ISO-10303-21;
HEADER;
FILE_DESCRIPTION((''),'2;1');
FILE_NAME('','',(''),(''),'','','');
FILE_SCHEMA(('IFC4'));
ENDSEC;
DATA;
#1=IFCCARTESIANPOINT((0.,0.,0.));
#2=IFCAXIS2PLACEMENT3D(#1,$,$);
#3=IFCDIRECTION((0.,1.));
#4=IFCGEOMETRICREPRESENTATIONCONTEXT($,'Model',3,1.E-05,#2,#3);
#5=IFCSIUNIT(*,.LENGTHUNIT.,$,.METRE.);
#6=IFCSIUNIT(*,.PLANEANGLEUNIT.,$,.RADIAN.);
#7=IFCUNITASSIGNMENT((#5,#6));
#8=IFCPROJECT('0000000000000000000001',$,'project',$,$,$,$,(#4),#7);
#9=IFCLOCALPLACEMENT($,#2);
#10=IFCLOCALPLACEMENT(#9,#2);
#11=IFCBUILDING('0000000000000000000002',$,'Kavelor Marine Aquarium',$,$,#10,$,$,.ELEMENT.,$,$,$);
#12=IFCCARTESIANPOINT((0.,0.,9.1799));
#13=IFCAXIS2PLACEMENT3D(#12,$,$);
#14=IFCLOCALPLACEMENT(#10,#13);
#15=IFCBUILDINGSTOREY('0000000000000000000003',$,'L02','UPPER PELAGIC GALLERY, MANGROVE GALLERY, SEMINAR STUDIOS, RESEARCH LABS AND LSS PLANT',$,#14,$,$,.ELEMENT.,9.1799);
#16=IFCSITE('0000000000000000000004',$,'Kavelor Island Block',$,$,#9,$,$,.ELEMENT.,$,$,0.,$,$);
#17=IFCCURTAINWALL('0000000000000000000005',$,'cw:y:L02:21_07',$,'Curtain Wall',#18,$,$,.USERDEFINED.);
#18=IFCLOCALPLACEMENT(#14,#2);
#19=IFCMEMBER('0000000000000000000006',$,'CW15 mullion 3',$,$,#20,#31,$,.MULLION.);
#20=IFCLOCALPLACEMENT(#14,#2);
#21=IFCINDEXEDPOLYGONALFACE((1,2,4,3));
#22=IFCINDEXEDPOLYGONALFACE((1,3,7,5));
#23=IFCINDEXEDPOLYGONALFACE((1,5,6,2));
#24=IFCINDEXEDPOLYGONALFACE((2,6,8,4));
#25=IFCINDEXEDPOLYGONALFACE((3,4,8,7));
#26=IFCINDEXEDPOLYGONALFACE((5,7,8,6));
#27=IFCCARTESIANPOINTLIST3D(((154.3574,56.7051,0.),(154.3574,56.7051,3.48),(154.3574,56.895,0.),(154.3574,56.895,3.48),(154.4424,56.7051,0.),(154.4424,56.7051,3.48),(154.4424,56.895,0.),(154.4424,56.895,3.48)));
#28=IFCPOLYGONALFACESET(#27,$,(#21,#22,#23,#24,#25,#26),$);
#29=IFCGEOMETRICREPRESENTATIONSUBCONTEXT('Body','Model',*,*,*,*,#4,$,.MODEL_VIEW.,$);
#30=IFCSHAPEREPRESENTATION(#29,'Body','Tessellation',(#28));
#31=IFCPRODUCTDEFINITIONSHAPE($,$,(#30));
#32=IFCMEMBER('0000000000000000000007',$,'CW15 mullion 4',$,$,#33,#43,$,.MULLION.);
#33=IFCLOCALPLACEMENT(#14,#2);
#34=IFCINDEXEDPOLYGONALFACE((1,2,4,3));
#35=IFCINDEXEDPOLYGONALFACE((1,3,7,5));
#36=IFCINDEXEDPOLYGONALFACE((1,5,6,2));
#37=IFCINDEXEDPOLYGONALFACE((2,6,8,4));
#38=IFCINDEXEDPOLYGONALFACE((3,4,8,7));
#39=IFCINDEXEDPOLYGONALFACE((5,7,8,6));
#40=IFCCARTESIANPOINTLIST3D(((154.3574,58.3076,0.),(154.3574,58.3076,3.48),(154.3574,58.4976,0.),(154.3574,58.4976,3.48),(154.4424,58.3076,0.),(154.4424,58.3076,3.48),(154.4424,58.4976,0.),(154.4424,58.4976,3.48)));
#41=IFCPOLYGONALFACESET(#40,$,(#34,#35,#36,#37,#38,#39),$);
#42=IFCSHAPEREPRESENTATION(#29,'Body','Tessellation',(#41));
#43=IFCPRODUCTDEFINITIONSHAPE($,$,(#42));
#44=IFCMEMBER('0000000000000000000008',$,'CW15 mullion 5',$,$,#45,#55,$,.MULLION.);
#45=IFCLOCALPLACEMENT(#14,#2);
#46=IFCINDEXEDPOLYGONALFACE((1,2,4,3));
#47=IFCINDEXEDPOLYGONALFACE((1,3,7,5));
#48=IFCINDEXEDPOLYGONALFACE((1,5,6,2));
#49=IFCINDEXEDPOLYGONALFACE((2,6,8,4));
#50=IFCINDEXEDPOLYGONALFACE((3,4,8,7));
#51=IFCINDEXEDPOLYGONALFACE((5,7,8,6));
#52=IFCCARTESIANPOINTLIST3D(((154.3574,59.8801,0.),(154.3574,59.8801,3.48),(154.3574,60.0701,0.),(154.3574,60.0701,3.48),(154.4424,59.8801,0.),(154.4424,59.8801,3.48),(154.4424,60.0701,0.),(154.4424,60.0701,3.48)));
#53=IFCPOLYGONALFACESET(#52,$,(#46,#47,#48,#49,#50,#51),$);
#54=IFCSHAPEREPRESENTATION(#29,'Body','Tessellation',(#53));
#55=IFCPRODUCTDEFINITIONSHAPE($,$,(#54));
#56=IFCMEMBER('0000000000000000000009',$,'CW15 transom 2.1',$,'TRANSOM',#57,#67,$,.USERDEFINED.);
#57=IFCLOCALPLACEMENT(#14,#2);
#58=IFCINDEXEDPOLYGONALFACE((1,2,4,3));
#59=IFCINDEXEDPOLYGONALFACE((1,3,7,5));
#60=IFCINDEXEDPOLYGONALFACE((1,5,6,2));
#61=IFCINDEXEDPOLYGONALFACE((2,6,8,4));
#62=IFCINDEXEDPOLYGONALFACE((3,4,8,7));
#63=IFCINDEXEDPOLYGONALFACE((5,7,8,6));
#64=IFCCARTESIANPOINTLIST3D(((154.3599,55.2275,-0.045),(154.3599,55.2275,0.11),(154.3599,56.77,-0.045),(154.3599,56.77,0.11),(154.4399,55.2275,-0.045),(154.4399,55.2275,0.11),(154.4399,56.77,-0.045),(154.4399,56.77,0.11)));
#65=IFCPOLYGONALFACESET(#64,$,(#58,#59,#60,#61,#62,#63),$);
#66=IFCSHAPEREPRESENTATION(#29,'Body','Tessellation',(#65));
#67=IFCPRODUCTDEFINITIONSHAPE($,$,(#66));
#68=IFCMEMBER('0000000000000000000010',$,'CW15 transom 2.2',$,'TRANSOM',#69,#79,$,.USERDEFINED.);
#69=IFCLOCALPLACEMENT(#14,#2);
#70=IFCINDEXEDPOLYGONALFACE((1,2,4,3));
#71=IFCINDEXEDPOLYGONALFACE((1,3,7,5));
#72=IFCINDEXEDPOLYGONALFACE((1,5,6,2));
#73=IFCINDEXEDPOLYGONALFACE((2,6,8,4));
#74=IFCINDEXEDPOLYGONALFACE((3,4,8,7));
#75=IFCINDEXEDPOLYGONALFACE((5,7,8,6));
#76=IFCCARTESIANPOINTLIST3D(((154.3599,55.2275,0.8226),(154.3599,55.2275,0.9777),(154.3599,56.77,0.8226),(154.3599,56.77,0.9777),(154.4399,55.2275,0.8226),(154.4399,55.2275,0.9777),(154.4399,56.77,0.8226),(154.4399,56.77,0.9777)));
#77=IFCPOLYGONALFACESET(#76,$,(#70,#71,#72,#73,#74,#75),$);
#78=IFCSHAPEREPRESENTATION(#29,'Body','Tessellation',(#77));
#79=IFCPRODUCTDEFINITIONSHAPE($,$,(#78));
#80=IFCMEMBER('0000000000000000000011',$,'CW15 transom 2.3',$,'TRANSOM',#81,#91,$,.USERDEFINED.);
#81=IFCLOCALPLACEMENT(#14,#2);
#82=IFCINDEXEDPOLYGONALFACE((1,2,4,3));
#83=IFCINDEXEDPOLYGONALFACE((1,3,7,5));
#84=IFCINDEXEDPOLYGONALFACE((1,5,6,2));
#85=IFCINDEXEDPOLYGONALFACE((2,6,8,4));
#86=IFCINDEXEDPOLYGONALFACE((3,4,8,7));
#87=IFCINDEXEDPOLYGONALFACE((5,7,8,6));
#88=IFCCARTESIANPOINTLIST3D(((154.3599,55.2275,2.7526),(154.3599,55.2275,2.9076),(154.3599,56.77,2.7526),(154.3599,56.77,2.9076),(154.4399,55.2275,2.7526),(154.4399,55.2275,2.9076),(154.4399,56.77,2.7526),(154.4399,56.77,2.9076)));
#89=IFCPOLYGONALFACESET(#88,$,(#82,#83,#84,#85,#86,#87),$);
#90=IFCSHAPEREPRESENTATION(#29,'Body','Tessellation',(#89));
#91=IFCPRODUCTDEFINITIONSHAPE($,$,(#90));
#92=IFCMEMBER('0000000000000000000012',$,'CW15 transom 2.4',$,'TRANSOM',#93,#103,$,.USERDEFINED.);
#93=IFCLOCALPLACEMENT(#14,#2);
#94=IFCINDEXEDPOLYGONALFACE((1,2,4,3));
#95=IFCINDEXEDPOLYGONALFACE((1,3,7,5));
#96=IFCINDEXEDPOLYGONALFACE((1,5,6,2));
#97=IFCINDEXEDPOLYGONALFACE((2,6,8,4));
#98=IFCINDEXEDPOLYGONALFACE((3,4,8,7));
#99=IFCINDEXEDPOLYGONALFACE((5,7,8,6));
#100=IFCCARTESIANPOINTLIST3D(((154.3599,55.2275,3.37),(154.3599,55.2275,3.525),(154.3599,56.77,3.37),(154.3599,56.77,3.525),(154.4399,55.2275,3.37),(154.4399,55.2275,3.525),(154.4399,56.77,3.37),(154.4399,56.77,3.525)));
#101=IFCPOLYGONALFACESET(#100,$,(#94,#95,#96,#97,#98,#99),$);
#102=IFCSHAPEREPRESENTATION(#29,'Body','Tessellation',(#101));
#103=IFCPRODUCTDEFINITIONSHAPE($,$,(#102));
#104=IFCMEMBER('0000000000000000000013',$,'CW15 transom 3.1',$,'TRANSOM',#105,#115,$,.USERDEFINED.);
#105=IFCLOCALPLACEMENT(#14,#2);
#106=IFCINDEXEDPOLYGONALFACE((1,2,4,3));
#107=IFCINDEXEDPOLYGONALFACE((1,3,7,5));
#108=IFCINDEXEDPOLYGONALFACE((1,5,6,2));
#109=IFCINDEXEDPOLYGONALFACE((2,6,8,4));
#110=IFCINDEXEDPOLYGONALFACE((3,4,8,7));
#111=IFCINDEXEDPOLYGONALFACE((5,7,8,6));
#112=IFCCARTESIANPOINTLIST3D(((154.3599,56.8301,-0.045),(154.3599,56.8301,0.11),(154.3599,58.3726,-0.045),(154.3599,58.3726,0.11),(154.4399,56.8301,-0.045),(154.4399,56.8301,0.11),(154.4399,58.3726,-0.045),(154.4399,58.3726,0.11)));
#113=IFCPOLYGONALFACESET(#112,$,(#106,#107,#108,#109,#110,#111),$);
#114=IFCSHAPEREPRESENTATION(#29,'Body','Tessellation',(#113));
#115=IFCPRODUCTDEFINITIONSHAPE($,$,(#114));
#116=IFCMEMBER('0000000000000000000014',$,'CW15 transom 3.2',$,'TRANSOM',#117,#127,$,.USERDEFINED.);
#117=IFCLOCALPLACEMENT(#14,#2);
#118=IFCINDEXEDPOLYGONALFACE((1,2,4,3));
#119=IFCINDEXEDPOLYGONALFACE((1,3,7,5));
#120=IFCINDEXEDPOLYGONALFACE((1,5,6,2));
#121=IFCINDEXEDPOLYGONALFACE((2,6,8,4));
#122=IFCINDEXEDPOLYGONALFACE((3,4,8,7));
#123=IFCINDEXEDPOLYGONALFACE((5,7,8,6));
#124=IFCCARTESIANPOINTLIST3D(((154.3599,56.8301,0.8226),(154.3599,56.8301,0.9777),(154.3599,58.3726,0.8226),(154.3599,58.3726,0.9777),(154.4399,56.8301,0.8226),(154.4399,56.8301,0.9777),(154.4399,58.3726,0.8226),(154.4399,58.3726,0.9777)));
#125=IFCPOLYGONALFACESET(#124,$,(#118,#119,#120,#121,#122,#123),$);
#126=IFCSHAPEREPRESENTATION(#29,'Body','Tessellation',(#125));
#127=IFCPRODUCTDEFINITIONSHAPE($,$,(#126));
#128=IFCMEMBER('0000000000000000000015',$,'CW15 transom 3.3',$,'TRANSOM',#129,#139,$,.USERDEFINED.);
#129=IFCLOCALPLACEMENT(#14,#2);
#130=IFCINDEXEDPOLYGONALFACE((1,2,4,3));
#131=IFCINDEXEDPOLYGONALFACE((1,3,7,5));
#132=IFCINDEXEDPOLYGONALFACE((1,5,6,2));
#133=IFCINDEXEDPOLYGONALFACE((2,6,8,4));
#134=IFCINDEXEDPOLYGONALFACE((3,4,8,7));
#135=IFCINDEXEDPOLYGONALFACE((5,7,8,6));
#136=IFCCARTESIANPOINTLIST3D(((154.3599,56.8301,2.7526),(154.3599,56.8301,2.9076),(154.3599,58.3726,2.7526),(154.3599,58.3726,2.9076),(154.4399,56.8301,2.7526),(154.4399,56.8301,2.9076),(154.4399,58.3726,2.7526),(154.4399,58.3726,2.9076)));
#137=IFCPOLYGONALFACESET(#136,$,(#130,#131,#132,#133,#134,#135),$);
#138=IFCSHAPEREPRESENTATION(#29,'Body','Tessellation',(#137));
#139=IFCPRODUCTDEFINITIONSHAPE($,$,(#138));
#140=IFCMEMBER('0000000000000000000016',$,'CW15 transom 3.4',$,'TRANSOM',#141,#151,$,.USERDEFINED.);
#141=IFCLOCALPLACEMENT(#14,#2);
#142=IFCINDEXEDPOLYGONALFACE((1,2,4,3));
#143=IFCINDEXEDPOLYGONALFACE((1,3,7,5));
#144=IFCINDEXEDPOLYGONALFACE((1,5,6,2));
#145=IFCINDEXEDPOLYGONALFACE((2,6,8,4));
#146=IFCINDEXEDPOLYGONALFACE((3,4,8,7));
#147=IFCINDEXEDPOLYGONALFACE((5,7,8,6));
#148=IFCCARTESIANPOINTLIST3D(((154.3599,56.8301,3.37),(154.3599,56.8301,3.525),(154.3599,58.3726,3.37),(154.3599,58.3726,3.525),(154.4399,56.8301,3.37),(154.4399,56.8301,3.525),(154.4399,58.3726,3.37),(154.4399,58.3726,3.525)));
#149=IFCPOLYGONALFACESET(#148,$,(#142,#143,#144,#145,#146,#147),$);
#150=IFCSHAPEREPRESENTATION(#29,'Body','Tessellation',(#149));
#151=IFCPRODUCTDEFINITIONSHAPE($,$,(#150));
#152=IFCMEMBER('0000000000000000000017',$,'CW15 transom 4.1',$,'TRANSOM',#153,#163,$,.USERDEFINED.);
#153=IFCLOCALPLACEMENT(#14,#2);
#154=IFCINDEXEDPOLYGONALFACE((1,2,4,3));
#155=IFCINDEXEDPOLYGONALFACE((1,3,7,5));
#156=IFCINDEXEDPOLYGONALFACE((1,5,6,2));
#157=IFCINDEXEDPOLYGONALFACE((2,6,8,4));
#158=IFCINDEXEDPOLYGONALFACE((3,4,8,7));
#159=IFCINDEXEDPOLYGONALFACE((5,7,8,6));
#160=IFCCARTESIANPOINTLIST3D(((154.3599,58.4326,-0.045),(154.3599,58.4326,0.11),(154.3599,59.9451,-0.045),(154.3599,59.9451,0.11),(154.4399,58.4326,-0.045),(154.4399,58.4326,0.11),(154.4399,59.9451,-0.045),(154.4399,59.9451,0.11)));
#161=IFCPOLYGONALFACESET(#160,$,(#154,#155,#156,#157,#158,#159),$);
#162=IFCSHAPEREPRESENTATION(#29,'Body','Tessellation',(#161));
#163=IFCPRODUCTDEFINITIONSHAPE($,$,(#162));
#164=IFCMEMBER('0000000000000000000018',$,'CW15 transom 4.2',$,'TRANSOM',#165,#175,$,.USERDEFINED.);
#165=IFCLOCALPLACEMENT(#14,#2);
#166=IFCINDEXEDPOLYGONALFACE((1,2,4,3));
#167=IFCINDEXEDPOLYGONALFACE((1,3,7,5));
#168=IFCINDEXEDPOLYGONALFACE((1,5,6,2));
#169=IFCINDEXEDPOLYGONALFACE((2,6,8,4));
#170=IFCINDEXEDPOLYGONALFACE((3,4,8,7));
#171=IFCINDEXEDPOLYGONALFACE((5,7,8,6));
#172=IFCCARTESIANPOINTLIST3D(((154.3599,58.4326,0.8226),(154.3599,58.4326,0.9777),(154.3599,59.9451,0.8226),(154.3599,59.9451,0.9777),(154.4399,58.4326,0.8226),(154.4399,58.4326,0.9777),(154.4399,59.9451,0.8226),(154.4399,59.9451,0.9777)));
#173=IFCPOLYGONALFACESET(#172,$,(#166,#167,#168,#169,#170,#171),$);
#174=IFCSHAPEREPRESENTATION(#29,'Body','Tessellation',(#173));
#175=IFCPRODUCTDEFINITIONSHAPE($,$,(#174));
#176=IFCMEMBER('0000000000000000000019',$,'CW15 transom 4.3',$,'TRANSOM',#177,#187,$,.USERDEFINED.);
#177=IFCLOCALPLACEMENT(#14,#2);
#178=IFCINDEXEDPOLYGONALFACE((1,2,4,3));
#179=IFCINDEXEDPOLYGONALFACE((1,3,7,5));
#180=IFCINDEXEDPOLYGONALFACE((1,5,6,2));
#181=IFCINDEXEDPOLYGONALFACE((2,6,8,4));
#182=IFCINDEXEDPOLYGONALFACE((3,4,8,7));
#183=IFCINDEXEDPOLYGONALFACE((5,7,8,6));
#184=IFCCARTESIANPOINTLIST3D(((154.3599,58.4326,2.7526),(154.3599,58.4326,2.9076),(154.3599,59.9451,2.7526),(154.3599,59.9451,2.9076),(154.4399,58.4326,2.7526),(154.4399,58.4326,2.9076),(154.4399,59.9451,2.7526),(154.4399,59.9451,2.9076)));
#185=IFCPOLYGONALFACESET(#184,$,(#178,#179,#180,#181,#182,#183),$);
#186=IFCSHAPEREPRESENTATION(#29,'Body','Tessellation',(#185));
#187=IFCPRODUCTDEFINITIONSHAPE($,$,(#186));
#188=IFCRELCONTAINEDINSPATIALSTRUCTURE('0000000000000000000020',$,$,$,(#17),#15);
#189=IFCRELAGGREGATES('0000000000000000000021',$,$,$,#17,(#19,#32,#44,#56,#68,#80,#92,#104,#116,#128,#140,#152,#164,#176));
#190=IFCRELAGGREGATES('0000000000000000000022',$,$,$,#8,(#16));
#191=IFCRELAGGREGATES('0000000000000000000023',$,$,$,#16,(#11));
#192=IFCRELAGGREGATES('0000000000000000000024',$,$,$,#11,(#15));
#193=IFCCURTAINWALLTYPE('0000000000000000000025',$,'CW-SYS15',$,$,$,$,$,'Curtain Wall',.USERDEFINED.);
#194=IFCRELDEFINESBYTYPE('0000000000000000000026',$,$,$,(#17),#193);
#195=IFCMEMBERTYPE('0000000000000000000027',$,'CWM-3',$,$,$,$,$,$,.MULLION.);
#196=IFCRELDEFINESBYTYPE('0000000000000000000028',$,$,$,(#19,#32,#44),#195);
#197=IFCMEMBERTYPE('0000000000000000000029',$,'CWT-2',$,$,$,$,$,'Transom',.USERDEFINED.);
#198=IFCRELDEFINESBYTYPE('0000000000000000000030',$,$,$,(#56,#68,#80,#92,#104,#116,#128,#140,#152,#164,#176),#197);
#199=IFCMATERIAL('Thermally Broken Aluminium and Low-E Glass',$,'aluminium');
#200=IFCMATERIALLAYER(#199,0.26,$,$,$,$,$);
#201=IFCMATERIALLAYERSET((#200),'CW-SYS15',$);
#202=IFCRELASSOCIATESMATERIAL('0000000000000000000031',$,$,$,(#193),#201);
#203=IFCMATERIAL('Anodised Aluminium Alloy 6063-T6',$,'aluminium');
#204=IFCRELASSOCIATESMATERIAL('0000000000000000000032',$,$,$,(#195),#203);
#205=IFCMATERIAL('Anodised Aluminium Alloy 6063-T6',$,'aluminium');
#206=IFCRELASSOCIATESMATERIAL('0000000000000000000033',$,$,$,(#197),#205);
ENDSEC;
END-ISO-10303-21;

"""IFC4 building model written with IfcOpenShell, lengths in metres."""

from ifc_helpers import new_model, si_unit, direction, frame, origin, origin_2d, place, context, subcontext, project, spatial, rectangle, extrude, material, layer, layer_set, material_profile, profile_set, type_object, element, aggregate, save


model = new_model("IFC4")

# Units and contexts
model_context = context("Model", 3, precision=1e-05, world=origin(), true_north=direction((0.0, 1.0)))
body_context = subcontext(model_context, "Body", "Model", "MODEL_VIEW")
ifc_project = project(units=[si_unit("LENGTHUNIT", "METRE"), si_unit("PLANEANGLEUNIT", "RADIAN")], contexts=[model_context])

# Site, building, storey
site_placement = place(None, origin())
site = spatial("IfcSite", under=ifc_project, at=site_placement, Name="Kavelor Island Block", CompositionType="ELEMENT", RefElevation=0.0)
building_placement = place(site_placement, origin())
building = spatial("IfcBuilding", under=site, at=building_placement, Name="Kavelor Marine Aquarium", CompositionType="ELEMENT")
storey_placement = place(building_placement, frame((0.0, 0.0, 9.1799)))
storey = spatial("IfcBuildingStorey", under=building, at=storey_placement, Name="L02", Description="UPPER PELAGIC GALLERY, MANGROVE GALLERY, SEMINAR STUDIOS, RESEARCH LABS AND LSS PLANT", CompositionType="ELEMENT", Elevation=9.1799)

# Curtain wall, members
ifc_material_1 = material(Name="Thermally Broken Aluminium and Low-E Glass", Category="aluminium")
ifc_layer_1 = layer(ifc_material_1, 0.26)
ifc_layer_set_1 = layer_set([ifc_layer_1], Name="CW-SYS15")
curtain_wall_type = type_object("IfcCurtainWallType", Name="CW-SYS15", ElementType="Curtain Wall", PredefinedType="USERDEFINED", material=ifc_layer_set_1)
curtain_wall_placement = place(storey_placement, origin())
curtain_wall = element("IfcCurtainWall", 1, at=curtain_wall_placement, inside=storey, type_object=curtain_wall_type, Name="cw:y:L02:21_07", ObjectType="Curtain Wall", PredefinedType="USERDEFINED")
ifc_material_2 = material(Name="Anodised Aluminium Alloy 6063-T6", Category="aluminium")
ifc_material_profile_1 = material_profile(ifc_material_2, rectangle(XDim=0.085, YDim=0.1899, at=origin_2d()), Name="CW-MUL 85x190")
ifc_profile_set_1 = profile_set([ifc_material_profile_1], Name="Anodised Aluminium Alloy 6063-T6")
member_type_1 = type_object("IfcMemberType", Name="CWM-3", PredefinedType="MULLION", material=ifc_profile_set_1)
member_1_placement = place(storey_placement, frame((154.3999, 56.8, 0.0), z_axis=(0.0, 0.0, 1.0), x_axis=(-1.0, 0.0, 0.0)))
member_1 = element("IfcMember", 2, at=member_1_placement, type_object=member_type_1, Name="CW15 mullion 3", PredefinedType="MULLION", context=body_context, shape_type="SweptSolid", body=[
    extrude(rectangle(XDim=0.085, YDim=0.1899, at=origin_2d()), origin(), (0.0, 0.0, 1.0), 3.48),
])
member_2_placement = place(storey_placement, frame((154.3999, 58.4026, 0.0), z_axis=(0.0, 0.0, 1.0), x_axis=(-1.0, 0.0, 0.0)))
member_2 = element("IfcMember", 3, at=member_2_placement, type_object=member_type_1, Name="CW15 mullion 4", PredefinedType="MULLION", context=body_context, shape_type="SweptSolid", body=[
    extrude(rectangle(XDim=0.085, YDim=0.1899, at=origin_2d()), origin(), (0.0, 0.0, 1.0), 3.48),
])
member_3_placement = place(storey_placement, frame((154.3999, 59.9751, 0.0), z_axis=(0.0, 0.0, 1.0), x_axis=(-1.0, 0.0, 0.0)))
member_3 = element("IfcMember", 4, at=member_3_placement, type_object=member_type_1, Name="CW15 mullion 5", PredefinedType="MULLION", context=body_context, shape_type="SweptSolid", body=[
    extrude(rectangle(XDim=0.085, YDim=0.1899, at=origin_2d()), origin(), (0.0, 0.0, 1.0), 3.48),
])
ifc_material_3 = material(Name="Anodised Aluminium Alloy 6063-T6", Category="aluminium")
ifc_material_profile_2 = material_profile(ifc_material_3, rectangle(XDim=0.0801, YDim=0.155, at=origin_2d()), Name="CW-TRN 80x155")
ifc_profile_set_2 = profile_set([ifc_material_profile_2], Name="Anodised Aluminium Alloy 6063-T6")
member_type_2 = type_object("IfcMemberType", Name="CWT-2", ElementType="Transom", PredefinedType="USERDEFINED", material=ifc_profile_set_2)
member_4_placement = place(storey_placement, frame((154.3999, 55.2275, 0.0325), z_axis=(0.0, 1.0, 0.0), x_axis=(-1.0, 0.0, 0.0)))
member_4 = element("IfcMember", 5, at=member_4_placement, type_object=member_type_2, Name="CW15 transom 2.1", ObjectType="TRANSOM", PredefinedType="USERDEFINED", context=body_context, shape_type="SweptSolid", body=[
    extrude(rectangle(XDim=0.0801, YDim=0.155, at=origin_2d()), origin(), (0.0, 0.0, 1.0), 1.5425),
])
member_5_placement = place(storey_placement, frame((154.3999, 55.2275, 0.9001), z_axis=(0.0, 1.0, 0.0), x_axis=(-1.0, 0.0, 0.0)))
member_5 = element("IfcMember", 6, at=member_5_placement, type_object=member_type_2, Name="CW15 transom 2.2", ObjectType="TRANSOM", PredefinedType="USERDEFINED", context=body_context, shape_type="SweptSolid", body=[
    extrude(rectangle(XDim=0.0801, YDim=0.155, at=origin_2d()), origin(), (0.0, 0.0, 1.0), 1.5425),
])
member_6_placement = place(storey_placement, frame((154.3999, 55.2275, 2.8301), z_axis=(0.0, 1.0, 0.0), x_axis=(-1.0, 0.0, 0.0)))
member_6 = element("IfcMember", 7, at=member_6_placement, type_object=member_type_2, Name="CW15 transom 2.3", ObjectType="TRANSOM", PredefinedType="USERDEFINED", context=body_context, shape_type="SweptSolid", body=[
    extrude(rectangle(XDim=0.0801, YDim=0.155, at=origin_2d()), origin(), (0.0, 0.0, 1.0), 1.5425),
])
member_7_placement = place(storey_placement, frame((154.3999, 55.2275, 3.4475), z_axis=(0.0, 1.0, 0.0), x_axis=(-1.0, 0.0, 0.0)))
member_7 = element("IfcMember", 8, at=member_7_placement, type_object=member_type_2, Name="CW15 transom 2.4", ObjectType="TRANSOM", PredefinedType="USERDEFINED", context=body_context, shape_type="SweptSolid", body=[
    extrude(rectangle(XDim=0.0801, YDim=0.155, at=origin_2d()), origin(), (0.0, 0.0, 1.0), 1.5425),
])
member_8_placement = place(storey_placement, frame((154.3999, 56.8301, 0.0325), z_axis=(0.0, 1.0, 0.0), x_axis=(-1.0, 0.0, 0.0)))
member_8 = element("IfcMember", 9, at=member_8_placement, type_object=member_type_2, Name="CW15 transom 3.1", ObjectType="TRANSOM", PredefinedType="USERDEFINED", context=body_context, shape_type="SweptSolid", body=[
    extrude(rectangle(XDim=0.0801, YDim=0.155, at=origin_2d()), origin(), (0.0, 0.0, 1.0), 1.5425),
])
member_9_placement = place(storey_placement, frame((154.3999, 56.8301, 0.9001), z_axis=(0.0, 1.0, 0.0), x_axis=(-1.0, 0.0, 0.0)))
member_9 = element("IfcMember", 10, at=member_9_placement, type_object=member_type_2, Name="CW15 transom 3.2", ObjectType="TRANSOM", PredefinedType="USERDEFINED", context=body_context, shape_type="SweptSolid", body=[
    extrude(rectangle(XDim=0.0801, YDim=0.155, at=origin_2d()), origin(), (0.0, 0.0, 1.0), 1.5425),
])
member_10_placement = place(storey_placement, frame((154.3999, 56.8301, 2.8301), z_axis=(0.0, 1.0, 0.0), x_axis=(-1.0, 0.0, 0.0)))
member_10 = element("IfcMember", 11, at=member_10_placement, type_object=member_type_2, Name="CW15 transom 3.3", ObjectType="TRANSOM", PredefinedType="USERDEFINED", context=body_context, shape_type="SweptSolid", body=[
    extrude(rectangle(XDim=0.0801, YDim=0.155, at=origin_2d()), origin(), (0.0, 0.0, 1.0), 1.5425),
])
member_11_placement = place(storey_placement, frame((154.3999, 56.8301, 3.4475), z_axis=(0.0, 1.0, 0.0), x_axis=(-1.0, 0.0, 0.0)))
member_11 = element("IfcMember", 12, at=member_11_placement, type_object=member_type_2, Name="CW15 transom 3.4", ObjectType="TRANSOM", PredefinedType="USERDEFINED", context=body_context, shape_type="SweptSolid", body=[
    extrude(rectangle(XDim=0.0801, YDim=0.155, at=origin_2d()), origin(), (0.0, 0.0, 1.0), 1.5425),
])
member_12_placement = place(storey_placement, frame((154.3999, 58.4326, 0.0325), z_axis=(0.0, 1.0, 0.0), x_axis=(-1.0, 0.0, 0.0)))
member_12 = element("IfcMember", 13, at=member_12_placement, type_object=member_type_2, Name="CW15 transom 4.1", ObjectType="TRANSOM", PredefinedType="USERDEFINED", context=body_context, shape_type="SweptSolid", body=[
    extrude(rectangle(XDim=0.0801, YDim=0.155, at=origin_2d()), origin(), (0.0, 0.0, 1.0), 1.5125),
])
member_13_placement = place(storey_placement, frame((154.3999, 58.4326, 0.9001), z_axis=(0.0, 1.0, 0.0), x_axis=(-1.0, 0.0, 0.0)))
member_13 = element("IfcMember", 14, at=member_13_placement, type_object=member_type_2, Name="CW15 transom 4.2", ObjectType="TRANSOM", PredefinedType="USERDEFINED", context=body_context, shape_type="SweptSolid", body=[
    extrude(rectangle(XDim=0.0801, YDim=0.155, at=origin_2d()), origin(), (0.0, 0.0, 1.0), 1.5125),
])
member_14_placement = place(storey_placement, frame((154.3999, 58.4326, 2.8301), z_axis=(0.0, 1.0, 0.0), x_axis=(-1.0, 0.0, 0.0)))
member_14 = element("IfcMember", 15, at=member_14_placement, type_object=member_type_2, Name="CW15 transom 4.3", ObjectType="TRANSOM", PredefinedType="USERDEFINED", context=body_context, shape_type="SweptSolid", body=[
    extrude(rectangle(XDim=0.0801, YDim=0.155, at=origin_2d()), origin(), (0.0, 0.0, 1.0), 1.5125),
])
aggregate(curtain_wall, [member_1, member_2, member_3, member_4, member_5, member_6, member_7, member_8, member_9, member_10, member_11, member_12, member_13, member_14])

save(model, "model.ifc")
